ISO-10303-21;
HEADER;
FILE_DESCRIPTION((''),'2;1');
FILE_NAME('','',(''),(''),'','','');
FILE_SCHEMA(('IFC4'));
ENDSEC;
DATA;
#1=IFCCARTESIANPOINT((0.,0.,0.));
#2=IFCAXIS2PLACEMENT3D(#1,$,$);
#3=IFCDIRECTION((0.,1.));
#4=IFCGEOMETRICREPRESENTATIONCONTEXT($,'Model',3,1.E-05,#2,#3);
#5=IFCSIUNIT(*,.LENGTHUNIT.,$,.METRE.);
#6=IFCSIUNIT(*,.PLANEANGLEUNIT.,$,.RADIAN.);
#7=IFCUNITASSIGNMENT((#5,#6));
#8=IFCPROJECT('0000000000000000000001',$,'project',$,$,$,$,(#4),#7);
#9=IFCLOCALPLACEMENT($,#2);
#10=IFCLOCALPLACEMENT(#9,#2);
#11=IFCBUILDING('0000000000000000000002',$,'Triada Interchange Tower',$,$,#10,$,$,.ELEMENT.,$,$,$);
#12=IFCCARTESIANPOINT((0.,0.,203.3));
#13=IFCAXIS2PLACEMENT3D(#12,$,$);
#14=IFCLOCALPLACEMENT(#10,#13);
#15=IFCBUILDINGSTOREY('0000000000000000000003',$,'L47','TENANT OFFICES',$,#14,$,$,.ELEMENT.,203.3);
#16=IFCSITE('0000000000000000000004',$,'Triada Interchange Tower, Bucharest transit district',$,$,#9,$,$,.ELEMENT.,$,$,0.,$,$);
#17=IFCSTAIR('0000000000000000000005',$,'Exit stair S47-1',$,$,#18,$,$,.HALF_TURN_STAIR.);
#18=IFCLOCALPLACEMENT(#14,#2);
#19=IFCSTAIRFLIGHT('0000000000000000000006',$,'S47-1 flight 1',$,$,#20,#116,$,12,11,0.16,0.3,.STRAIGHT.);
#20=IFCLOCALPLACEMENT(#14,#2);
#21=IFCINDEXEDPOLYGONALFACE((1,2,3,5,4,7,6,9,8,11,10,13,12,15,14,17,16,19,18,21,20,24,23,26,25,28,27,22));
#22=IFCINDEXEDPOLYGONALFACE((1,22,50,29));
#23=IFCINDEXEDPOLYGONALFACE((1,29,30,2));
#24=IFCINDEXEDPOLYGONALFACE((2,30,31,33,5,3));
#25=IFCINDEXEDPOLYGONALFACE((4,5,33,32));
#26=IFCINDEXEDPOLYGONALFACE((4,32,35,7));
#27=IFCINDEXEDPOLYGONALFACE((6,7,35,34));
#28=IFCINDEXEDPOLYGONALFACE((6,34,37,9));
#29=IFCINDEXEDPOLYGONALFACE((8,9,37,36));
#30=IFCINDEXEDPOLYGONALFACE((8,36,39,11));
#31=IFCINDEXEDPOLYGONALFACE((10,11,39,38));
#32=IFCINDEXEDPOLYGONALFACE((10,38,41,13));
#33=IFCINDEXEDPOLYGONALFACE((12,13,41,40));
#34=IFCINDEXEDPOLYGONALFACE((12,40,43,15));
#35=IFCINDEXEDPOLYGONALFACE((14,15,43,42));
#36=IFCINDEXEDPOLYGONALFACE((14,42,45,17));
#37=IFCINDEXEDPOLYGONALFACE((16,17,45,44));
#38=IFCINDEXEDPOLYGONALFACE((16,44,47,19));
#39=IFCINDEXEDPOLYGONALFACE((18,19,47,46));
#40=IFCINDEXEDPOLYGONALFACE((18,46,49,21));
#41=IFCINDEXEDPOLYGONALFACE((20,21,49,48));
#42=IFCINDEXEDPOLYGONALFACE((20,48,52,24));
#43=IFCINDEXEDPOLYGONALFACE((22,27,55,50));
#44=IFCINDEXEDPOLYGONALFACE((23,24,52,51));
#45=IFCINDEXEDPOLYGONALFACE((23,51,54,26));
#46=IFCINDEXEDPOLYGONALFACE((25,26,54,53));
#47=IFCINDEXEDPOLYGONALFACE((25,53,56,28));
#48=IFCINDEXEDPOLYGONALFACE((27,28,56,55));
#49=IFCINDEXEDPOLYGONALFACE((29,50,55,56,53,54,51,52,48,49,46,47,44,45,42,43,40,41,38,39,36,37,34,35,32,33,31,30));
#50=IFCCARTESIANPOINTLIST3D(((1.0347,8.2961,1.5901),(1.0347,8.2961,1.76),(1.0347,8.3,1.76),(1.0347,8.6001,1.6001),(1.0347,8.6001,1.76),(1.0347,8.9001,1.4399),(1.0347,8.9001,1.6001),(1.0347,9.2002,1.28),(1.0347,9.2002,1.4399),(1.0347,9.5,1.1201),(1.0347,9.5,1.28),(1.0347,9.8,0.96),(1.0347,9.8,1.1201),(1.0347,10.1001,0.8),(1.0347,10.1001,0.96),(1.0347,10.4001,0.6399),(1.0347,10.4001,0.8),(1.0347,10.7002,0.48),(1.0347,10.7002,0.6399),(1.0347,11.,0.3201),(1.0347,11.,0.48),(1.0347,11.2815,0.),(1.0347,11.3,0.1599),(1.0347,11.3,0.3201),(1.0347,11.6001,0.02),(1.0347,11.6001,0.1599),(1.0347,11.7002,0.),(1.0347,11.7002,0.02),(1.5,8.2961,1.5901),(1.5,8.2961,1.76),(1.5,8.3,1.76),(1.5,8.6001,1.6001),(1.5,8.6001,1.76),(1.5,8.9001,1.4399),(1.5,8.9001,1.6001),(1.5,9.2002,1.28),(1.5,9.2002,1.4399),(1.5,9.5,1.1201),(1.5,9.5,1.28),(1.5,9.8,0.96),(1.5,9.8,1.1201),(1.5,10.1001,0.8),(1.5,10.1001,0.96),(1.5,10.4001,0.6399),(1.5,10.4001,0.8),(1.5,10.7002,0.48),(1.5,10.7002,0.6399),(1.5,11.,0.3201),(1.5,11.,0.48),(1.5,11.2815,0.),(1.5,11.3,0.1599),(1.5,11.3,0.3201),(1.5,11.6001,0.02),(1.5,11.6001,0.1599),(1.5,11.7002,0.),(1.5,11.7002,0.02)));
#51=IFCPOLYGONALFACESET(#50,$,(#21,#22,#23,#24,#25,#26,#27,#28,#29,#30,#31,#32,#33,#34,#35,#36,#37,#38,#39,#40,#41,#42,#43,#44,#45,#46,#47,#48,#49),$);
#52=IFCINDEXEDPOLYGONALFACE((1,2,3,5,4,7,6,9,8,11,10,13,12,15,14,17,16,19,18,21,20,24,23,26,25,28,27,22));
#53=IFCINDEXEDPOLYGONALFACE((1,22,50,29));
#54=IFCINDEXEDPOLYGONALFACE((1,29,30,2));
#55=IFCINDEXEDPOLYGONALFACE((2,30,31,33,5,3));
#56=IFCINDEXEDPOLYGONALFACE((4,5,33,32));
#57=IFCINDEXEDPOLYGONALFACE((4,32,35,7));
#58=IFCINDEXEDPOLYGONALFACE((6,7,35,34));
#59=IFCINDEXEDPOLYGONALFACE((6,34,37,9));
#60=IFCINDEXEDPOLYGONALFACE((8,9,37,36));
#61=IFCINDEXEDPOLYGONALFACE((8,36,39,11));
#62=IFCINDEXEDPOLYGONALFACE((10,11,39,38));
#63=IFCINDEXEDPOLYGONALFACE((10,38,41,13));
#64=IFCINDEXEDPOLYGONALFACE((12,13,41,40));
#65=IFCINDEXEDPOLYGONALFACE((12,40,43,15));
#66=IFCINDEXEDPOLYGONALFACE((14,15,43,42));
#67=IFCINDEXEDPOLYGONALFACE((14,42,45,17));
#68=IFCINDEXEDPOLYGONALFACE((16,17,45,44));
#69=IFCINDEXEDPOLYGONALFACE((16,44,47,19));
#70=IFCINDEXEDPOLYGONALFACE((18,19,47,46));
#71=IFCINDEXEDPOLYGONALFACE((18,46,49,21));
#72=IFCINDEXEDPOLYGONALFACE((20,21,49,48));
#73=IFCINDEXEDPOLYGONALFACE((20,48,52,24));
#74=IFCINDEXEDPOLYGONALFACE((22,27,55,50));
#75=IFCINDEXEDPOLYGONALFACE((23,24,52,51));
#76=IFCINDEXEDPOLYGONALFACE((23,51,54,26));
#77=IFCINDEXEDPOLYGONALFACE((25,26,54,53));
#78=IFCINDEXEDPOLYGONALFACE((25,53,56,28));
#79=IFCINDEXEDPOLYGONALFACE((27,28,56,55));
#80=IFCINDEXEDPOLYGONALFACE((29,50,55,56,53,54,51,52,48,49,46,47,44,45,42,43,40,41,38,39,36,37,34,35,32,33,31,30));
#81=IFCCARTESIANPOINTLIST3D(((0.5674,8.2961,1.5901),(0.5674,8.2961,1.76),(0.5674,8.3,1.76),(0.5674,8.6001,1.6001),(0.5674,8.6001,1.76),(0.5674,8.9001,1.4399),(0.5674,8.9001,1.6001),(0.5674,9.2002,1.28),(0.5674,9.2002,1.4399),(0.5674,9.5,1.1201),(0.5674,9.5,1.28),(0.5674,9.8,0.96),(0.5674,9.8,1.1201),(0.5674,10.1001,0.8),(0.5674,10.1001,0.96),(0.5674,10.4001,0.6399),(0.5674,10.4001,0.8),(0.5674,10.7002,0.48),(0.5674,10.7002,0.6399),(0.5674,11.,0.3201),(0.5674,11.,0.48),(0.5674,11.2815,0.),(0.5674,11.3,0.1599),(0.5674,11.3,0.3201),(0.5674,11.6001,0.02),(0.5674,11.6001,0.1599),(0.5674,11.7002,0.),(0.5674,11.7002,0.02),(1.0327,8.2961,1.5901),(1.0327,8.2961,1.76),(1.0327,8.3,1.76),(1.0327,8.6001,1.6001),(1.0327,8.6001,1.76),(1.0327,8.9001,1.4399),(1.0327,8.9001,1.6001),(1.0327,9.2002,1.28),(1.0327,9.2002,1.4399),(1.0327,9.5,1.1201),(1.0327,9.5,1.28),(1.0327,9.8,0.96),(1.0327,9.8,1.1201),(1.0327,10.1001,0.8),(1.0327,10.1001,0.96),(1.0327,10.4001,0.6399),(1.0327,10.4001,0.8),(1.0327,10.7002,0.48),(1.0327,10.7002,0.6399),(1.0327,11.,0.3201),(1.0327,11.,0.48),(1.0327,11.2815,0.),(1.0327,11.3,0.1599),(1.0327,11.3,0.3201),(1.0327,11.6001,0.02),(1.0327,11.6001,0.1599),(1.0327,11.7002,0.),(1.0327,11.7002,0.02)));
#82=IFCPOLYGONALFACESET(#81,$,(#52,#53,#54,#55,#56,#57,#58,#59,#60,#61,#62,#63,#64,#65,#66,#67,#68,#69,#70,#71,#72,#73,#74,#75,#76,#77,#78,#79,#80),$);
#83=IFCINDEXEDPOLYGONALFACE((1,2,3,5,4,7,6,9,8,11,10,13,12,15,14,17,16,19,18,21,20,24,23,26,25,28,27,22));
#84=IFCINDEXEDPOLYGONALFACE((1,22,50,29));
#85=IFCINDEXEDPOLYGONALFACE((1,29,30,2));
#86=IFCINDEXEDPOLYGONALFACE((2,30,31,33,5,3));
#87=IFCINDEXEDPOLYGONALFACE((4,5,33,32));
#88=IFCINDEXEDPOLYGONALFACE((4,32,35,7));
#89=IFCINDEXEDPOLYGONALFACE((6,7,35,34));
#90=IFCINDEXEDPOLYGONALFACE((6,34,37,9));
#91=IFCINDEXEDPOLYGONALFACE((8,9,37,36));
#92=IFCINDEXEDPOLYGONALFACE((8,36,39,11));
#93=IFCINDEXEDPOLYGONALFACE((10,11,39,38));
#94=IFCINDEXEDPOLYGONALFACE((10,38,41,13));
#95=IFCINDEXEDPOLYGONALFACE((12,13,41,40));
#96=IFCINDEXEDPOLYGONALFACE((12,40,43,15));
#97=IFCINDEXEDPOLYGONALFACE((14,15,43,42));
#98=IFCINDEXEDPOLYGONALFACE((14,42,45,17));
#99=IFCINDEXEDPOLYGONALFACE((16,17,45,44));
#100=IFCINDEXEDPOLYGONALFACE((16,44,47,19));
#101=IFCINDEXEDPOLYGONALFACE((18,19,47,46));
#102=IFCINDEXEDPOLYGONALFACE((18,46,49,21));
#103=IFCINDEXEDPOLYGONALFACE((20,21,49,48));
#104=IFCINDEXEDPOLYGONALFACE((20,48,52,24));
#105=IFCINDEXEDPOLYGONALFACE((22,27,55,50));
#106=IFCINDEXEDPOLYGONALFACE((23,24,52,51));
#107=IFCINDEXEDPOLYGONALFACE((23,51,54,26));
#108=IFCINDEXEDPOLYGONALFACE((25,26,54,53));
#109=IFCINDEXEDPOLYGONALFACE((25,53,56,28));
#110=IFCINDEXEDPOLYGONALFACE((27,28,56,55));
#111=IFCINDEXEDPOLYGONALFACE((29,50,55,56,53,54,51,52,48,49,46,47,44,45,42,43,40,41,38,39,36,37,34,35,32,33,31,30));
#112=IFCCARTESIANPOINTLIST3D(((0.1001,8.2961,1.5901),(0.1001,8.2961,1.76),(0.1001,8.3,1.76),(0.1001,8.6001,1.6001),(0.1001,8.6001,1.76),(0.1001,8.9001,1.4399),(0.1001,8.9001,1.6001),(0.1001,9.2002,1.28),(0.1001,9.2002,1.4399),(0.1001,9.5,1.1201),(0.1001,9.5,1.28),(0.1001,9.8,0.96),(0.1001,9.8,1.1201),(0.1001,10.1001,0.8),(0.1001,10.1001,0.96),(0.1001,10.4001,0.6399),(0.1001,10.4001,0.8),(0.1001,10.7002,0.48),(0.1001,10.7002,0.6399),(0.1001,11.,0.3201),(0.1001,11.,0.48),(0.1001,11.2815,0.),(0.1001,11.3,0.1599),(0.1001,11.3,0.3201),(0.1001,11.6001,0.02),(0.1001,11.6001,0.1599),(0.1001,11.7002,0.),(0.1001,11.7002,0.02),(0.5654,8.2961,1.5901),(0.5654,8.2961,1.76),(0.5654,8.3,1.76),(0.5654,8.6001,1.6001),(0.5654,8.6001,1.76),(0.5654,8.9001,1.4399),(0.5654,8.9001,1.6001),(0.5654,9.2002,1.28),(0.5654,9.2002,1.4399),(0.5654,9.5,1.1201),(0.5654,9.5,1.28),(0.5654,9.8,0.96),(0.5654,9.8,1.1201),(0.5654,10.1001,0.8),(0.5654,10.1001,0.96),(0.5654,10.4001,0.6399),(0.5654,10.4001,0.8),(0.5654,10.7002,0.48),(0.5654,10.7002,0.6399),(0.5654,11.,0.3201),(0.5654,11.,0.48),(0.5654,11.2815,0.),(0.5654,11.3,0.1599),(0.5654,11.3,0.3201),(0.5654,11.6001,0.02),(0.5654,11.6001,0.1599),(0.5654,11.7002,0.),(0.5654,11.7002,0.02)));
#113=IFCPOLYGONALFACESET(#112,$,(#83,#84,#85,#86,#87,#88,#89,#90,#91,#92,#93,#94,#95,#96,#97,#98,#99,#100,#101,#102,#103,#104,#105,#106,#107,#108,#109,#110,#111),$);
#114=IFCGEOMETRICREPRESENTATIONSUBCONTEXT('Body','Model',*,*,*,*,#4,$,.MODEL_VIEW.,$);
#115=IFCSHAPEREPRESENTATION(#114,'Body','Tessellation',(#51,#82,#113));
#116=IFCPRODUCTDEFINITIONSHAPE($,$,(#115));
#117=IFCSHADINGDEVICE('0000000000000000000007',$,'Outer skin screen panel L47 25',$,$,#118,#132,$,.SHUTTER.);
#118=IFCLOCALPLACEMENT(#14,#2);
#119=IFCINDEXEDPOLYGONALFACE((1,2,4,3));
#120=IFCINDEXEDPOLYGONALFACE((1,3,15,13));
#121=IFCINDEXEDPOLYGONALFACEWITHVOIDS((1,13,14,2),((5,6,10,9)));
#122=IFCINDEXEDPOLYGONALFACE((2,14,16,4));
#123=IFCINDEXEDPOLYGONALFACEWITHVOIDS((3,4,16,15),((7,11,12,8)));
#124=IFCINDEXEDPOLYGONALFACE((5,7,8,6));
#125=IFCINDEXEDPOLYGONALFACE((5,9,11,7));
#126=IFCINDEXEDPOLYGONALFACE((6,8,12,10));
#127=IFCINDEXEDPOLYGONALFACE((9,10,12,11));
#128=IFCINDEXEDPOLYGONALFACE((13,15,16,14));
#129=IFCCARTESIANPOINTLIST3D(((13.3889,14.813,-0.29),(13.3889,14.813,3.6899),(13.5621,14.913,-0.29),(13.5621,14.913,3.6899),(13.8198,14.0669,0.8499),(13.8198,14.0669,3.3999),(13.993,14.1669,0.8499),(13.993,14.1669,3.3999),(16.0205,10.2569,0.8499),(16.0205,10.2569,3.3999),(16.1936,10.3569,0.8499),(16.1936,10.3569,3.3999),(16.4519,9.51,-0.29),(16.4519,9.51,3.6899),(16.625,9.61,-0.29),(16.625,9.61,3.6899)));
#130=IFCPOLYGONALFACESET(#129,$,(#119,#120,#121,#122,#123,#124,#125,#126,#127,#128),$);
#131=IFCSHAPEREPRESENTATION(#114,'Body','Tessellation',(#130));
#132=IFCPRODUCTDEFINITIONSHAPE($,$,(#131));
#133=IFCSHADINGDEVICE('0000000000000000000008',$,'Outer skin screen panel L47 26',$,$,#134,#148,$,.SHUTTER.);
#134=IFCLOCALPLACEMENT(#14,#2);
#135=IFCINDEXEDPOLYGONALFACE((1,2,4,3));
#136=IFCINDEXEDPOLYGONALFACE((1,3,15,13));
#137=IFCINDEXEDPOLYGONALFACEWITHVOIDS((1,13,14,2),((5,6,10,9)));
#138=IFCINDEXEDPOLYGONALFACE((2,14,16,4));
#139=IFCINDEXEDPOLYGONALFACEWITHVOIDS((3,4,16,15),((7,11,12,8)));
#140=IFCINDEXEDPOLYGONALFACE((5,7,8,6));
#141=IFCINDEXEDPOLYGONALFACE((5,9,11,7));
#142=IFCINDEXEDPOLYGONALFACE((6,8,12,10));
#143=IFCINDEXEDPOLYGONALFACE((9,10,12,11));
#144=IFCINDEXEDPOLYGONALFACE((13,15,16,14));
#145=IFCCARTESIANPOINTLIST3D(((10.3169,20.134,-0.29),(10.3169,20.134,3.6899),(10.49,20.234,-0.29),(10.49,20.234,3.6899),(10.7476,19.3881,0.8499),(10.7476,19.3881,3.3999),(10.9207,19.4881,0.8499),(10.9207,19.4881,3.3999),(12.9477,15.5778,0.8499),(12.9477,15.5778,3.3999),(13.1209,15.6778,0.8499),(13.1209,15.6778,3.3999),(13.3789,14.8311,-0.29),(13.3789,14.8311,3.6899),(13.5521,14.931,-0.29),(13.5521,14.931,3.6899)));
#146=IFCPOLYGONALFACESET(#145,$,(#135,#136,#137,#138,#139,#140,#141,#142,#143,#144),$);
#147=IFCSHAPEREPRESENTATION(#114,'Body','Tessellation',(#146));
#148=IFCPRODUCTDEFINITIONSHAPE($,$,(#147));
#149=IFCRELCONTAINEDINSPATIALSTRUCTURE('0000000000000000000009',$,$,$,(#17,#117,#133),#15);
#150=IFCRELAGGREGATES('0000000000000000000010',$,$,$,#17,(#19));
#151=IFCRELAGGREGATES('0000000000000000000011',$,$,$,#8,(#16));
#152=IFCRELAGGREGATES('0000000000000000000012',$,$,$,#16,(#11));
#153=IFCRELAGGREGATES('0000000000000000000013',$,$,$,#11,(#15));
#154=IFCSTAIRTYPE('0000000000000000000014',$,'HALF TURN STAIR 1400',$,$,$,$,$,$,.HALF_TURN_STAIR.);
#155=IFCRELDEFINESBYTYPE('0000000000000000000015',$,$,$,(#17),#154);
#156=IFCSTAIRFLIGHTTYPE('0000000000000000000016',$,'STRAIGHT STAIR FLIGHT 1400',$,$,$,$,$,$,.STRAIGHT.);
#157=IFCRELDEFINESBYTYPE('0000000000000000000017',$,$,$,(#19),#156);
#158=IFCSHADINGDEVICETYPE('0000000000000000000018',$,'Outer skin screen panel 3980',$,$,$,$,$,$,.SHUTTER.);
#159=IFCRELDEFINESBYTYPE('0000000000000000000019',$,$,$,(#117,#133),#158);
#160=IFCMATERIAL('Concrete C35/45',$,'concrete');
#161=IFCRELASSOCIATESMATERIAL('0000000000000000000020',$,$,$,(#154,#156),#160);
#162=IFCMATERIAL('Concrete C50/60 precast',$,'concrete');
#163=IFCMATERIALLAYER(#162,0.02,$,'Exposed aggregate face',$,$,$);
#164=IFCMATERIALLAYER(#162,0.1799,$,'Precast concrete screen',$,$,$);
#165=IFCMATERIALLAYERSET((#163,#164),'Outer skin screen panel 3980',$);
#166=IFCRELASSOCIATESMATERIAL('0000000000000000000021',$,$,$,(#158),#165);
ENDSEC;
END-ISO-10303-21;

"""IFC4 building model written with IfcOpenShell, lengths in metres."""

from ifc_helpers import new_model, si_unit, direction, frame, origin, place, context, subcontext, project, spatial, polyline, outline, extrude, material, layer, layer_set, type_object, element, aggregate, save


model = new_model("IFC4")

# Units and contexts
model_context = context("Model", 3, precision=1e-05, world=origin(), true_north=direction((0.0, 1.0)))
body_context = subcontext(model_context, "Body", "Model", "MODEL_VIEW")
ifc_project = project(units=[si_unit("LENGTHUNIT", "METRE"), si_unit("PLANEANGLEUNIT", "RADIAN")], contexts=[model_context])

# Site, building, storey
site_placement = place(None, origin())
site = spatial("IfcSite", under=ifc_project, at=site_placement, Name="Triada Interchange Tower, Bucharest transit district", CompositionType="ELEMENT", RefElevation=0.0)
building_placement = place(site_placement, origin())
building = spatial("IfcBuilding", under=site, at=building_placement, Name="Triada Interchange Tower", CompositionType="ELEMENT")
storey_placement = place(building_placement, frame((0.0, 0.0, 203.3)))
storey = spatial("IfcBuildingStorey", under=building, at=storey_placement, Name="L47", Description="TENANT OFFICES", CompositionType="ELEMENT", Elevation=203.3)

# Stair, stair flight
ifc_material_1 = material(Name="Concrete C35/45", Category="concrete")
stair_type = type_object("IfcStairType", Name="HALF TURN STAIR 1400", PredefinedType="HALF_TURN_STAIR", material=ifc_material_1)
stair_placement = place(storey_placement, origin())
stair = element("IfcStair", 1, at=stair_placement, inside=storey, type_object=stair_type, Name="Exit stair S47-1", PredefinedType="HALF_TURN_STAIR")
stair_flight_type = type_object("IfcStairFlightType", Name="STRAIGHT STAIR FLIGHT 1400", PredefinedType="STRAIGHT", material=ifc_material_1)
stair_flight_placement = place(storey_placement, frame((0.8, 11.6001, 0.0), z_axis=(0.0, 0.0, 1.0), x_axis=(0.0, -1.0, 0.0)))
stair_flight = element("IfcStairFlight", 2, at=stair_flight_placement, type_object=stair_flight_type, Name="S47-1 flight 1", NumberOfRisers=12, NumberOfTreads=11, PredefinedType="STRAIGHT", RiserHeight=0.16, TreadLength=0.3, context=body_context, shape_type="SweptSolid", body=[
    extrude(outline(polyline([(-0.1001, 0.0), (-0.1001, 0.02), (0.0, 0.02), (0.0, 0.1599), (0.3, 0.1599), (0.3, 0.3201), (0.6001, 0.3201), (0.6001, 0.48), (0.8999, 0.48), (0.8999, 0.6399), (1.2, 0.6399), (1.2, 0.8), (1.5, 0.8), (1.5, 0.96), (1.8, 0.96), (1.8, 1.1201), (2.1001, 1.1201), (2.1001, 1.28), (2.3999, 1.28), (2.3999, 1.4399), (2.7, 1.4399), (2.7, 1.6001), (3.0, 1.6001), (3.0, 1.76), (3.3, 1.76), (3.304, 1.76), (3.304, 1.9199), (3.304, 1.5901), (0.3186, 0.0), (-0.1001, 0.0)])), frame((0.0, 0.7, 0.0), z_axis=(0.0, -1.0, 0.0), x_axis=(1.0, 0.0, 0.0)), (0.0, 0.0, 1.0), 0.4653),
    extrude(outline(polyline([(-0.1001, 0.0), (-0.1001, 0.02), (0.0, 0.02), (0.0, 0.1599), (0.3, 0.1599), (0.3, 0.3201), (0.6001, 0.3201), (0.6001, 0.48), (0.8999, 0.48), (0.8999, 0.6399), (1.2, 0.6399), (1.2, 0.8), (1.5, 0.8), (1.5, 0.96), (1.8, 0.96), (1.8, 1.1201), (2.1001, 1.1201), (2.1001, 1.28), (2.3999, 1.28), (2.3999, 1.4399), (2.7, 1.4399), (2.7, 1.6001), (3.0, 1.6001), (3.0, 1.76), (3.3, 1.76), (3.304, 1.76), (3.304, 1.9199), (3.304, 1.5901), (0.3186, 0.0), (-0.1001, 0.0)])), frame((0.0, 0.2327, 0.0), z_axis=(0.0, -1.0, 0.0), x_axis=(1.0, 0.0, 0.0)), (0.0, 0.0, 1.0), 0.4653),
    extrude(outline(polyline([(-0.1001, 0.0), (-0.1001, 0.02), (0.0, 0.02), (0.0, 0.1599), (0.3, 0.1599), (0.3, 0.3201), (0.6001, 0.3201), (0.6001, 0.48), (0.8999, 0.48), (0.8999, 0.6399), (1.2, 0.6399), (1.2, 0.8), (1.5, 0.8), (1.5, 0.96), (1.8, 0.96), (1.8, 1.1201), (2.1001, 1.1201), (2.1001, 1.28), (2.3999, 1.28), (2.3999, 1.4399), (2.7, 1.4399), (2.7, 1.6001), (3.0, 1.6001), (3.0, 1.76), (3.3, 1.76), (3.304, 1.76), (3.304, 1.9199), (3.304, 1.5901), (0.3186, 0.0), (-0.1001, 0.0)])), frame((0.0, -0.2346, 0.0), z_axis=(0.0, -1.0, 0.0), x_axis=(1.0, 0.0, 0.0)), (0.0, 0.0, 1.0), 0.4653),
])

# Shading devices
ifc_material_2 = material(Name="Concrete C50/60 precast", Category="concrete")
ifc_layer_1 = layer(ifc_material_2, 0.02, Name="Exposed aggregate face")
ifc_layer_2 = layer(ifc_material_2, 0.1799, Name="Precast concrete screen")
ifc_layer_set_1 = layer_set([ifc_layer_1, ifc_layer_2], Name="Outer skin screen panel 3980")
shading_device_type = type_object("IfcShadingDeviceType", Name="Outer skin screen panel 3980", PredefinedType="SHUTTER", material=ifc_layer_set_1)
shading_device_1_placement = place(storey_placement, frame((16.4519, 9.51, -0.29), z_axis=(0.0, 0.0, 1.0), x_axis=(-0.500161, 0.865933, 0.0)))
element("IfcShadingDevice", 3, at=shading_device_1_placement, inside=storey, type_object=shading_device_type, Name="Outer skin screen panel L47 25", PredefinedType="SHUTTER", context=body_context, shape_type="SweptSolid", body=[
    extrude(outline(polyline([(0.0, 0.0), (6.124, 0.0), (6.124, 3.98), (0.0, 3.98), (0.0, 0.0)]), holes=[polyline([(0.8625, 1.1399), (0.8625, 3.6899), (5.2625, 3.6899), (5.2625, 1.1399), (0.8625, 1.1399)])]), frame((0.0, 0.0, 0.0), z_axis=(0.0, -1.0, 0.0), x_axis=(1.0, 0.0, 0.0)), (0.0, 0.0, 1.0), 0.2),
])
shading_device_2_placement = place(storey_placement, frame((13.3789, 14.8311, -0.29), z_axis=(0.0, 0.0, 1.0), x_axis=(-0.500041, 0.866002, 0.0)))
element("IfcShadingDevice", 4, at=shading_device_2_placement, inside=storey, type_object=shading_device_type, Name="Outer skin screen panel L47 26", PredefinedType="SHUTTER", context=body_context, shape_type="SweptSolid", body=[
    extrude(outline(polyline([(0.0, 0.0), (6.1235, 0.0), (6.1235, 3.98), (0.0, 3.98), (0.0, 0.0)]), holes=[polyline([(0.8623, 1.1399), (0.8623, 3.6899), (5.2622, 3.6899), (5.2622, 1.1399), (0.8623, 1.1399)])]), frame((0.0, 0.0, 0.0), z_axis=(0.0, -1.0, 0.0), x_axis=(1.0, 0.0, 0.0)), (0.0, 0.0, 1.0), 0.2),
])

aggregate(stair, [stair_flight])

save(model, "model.ifc")
